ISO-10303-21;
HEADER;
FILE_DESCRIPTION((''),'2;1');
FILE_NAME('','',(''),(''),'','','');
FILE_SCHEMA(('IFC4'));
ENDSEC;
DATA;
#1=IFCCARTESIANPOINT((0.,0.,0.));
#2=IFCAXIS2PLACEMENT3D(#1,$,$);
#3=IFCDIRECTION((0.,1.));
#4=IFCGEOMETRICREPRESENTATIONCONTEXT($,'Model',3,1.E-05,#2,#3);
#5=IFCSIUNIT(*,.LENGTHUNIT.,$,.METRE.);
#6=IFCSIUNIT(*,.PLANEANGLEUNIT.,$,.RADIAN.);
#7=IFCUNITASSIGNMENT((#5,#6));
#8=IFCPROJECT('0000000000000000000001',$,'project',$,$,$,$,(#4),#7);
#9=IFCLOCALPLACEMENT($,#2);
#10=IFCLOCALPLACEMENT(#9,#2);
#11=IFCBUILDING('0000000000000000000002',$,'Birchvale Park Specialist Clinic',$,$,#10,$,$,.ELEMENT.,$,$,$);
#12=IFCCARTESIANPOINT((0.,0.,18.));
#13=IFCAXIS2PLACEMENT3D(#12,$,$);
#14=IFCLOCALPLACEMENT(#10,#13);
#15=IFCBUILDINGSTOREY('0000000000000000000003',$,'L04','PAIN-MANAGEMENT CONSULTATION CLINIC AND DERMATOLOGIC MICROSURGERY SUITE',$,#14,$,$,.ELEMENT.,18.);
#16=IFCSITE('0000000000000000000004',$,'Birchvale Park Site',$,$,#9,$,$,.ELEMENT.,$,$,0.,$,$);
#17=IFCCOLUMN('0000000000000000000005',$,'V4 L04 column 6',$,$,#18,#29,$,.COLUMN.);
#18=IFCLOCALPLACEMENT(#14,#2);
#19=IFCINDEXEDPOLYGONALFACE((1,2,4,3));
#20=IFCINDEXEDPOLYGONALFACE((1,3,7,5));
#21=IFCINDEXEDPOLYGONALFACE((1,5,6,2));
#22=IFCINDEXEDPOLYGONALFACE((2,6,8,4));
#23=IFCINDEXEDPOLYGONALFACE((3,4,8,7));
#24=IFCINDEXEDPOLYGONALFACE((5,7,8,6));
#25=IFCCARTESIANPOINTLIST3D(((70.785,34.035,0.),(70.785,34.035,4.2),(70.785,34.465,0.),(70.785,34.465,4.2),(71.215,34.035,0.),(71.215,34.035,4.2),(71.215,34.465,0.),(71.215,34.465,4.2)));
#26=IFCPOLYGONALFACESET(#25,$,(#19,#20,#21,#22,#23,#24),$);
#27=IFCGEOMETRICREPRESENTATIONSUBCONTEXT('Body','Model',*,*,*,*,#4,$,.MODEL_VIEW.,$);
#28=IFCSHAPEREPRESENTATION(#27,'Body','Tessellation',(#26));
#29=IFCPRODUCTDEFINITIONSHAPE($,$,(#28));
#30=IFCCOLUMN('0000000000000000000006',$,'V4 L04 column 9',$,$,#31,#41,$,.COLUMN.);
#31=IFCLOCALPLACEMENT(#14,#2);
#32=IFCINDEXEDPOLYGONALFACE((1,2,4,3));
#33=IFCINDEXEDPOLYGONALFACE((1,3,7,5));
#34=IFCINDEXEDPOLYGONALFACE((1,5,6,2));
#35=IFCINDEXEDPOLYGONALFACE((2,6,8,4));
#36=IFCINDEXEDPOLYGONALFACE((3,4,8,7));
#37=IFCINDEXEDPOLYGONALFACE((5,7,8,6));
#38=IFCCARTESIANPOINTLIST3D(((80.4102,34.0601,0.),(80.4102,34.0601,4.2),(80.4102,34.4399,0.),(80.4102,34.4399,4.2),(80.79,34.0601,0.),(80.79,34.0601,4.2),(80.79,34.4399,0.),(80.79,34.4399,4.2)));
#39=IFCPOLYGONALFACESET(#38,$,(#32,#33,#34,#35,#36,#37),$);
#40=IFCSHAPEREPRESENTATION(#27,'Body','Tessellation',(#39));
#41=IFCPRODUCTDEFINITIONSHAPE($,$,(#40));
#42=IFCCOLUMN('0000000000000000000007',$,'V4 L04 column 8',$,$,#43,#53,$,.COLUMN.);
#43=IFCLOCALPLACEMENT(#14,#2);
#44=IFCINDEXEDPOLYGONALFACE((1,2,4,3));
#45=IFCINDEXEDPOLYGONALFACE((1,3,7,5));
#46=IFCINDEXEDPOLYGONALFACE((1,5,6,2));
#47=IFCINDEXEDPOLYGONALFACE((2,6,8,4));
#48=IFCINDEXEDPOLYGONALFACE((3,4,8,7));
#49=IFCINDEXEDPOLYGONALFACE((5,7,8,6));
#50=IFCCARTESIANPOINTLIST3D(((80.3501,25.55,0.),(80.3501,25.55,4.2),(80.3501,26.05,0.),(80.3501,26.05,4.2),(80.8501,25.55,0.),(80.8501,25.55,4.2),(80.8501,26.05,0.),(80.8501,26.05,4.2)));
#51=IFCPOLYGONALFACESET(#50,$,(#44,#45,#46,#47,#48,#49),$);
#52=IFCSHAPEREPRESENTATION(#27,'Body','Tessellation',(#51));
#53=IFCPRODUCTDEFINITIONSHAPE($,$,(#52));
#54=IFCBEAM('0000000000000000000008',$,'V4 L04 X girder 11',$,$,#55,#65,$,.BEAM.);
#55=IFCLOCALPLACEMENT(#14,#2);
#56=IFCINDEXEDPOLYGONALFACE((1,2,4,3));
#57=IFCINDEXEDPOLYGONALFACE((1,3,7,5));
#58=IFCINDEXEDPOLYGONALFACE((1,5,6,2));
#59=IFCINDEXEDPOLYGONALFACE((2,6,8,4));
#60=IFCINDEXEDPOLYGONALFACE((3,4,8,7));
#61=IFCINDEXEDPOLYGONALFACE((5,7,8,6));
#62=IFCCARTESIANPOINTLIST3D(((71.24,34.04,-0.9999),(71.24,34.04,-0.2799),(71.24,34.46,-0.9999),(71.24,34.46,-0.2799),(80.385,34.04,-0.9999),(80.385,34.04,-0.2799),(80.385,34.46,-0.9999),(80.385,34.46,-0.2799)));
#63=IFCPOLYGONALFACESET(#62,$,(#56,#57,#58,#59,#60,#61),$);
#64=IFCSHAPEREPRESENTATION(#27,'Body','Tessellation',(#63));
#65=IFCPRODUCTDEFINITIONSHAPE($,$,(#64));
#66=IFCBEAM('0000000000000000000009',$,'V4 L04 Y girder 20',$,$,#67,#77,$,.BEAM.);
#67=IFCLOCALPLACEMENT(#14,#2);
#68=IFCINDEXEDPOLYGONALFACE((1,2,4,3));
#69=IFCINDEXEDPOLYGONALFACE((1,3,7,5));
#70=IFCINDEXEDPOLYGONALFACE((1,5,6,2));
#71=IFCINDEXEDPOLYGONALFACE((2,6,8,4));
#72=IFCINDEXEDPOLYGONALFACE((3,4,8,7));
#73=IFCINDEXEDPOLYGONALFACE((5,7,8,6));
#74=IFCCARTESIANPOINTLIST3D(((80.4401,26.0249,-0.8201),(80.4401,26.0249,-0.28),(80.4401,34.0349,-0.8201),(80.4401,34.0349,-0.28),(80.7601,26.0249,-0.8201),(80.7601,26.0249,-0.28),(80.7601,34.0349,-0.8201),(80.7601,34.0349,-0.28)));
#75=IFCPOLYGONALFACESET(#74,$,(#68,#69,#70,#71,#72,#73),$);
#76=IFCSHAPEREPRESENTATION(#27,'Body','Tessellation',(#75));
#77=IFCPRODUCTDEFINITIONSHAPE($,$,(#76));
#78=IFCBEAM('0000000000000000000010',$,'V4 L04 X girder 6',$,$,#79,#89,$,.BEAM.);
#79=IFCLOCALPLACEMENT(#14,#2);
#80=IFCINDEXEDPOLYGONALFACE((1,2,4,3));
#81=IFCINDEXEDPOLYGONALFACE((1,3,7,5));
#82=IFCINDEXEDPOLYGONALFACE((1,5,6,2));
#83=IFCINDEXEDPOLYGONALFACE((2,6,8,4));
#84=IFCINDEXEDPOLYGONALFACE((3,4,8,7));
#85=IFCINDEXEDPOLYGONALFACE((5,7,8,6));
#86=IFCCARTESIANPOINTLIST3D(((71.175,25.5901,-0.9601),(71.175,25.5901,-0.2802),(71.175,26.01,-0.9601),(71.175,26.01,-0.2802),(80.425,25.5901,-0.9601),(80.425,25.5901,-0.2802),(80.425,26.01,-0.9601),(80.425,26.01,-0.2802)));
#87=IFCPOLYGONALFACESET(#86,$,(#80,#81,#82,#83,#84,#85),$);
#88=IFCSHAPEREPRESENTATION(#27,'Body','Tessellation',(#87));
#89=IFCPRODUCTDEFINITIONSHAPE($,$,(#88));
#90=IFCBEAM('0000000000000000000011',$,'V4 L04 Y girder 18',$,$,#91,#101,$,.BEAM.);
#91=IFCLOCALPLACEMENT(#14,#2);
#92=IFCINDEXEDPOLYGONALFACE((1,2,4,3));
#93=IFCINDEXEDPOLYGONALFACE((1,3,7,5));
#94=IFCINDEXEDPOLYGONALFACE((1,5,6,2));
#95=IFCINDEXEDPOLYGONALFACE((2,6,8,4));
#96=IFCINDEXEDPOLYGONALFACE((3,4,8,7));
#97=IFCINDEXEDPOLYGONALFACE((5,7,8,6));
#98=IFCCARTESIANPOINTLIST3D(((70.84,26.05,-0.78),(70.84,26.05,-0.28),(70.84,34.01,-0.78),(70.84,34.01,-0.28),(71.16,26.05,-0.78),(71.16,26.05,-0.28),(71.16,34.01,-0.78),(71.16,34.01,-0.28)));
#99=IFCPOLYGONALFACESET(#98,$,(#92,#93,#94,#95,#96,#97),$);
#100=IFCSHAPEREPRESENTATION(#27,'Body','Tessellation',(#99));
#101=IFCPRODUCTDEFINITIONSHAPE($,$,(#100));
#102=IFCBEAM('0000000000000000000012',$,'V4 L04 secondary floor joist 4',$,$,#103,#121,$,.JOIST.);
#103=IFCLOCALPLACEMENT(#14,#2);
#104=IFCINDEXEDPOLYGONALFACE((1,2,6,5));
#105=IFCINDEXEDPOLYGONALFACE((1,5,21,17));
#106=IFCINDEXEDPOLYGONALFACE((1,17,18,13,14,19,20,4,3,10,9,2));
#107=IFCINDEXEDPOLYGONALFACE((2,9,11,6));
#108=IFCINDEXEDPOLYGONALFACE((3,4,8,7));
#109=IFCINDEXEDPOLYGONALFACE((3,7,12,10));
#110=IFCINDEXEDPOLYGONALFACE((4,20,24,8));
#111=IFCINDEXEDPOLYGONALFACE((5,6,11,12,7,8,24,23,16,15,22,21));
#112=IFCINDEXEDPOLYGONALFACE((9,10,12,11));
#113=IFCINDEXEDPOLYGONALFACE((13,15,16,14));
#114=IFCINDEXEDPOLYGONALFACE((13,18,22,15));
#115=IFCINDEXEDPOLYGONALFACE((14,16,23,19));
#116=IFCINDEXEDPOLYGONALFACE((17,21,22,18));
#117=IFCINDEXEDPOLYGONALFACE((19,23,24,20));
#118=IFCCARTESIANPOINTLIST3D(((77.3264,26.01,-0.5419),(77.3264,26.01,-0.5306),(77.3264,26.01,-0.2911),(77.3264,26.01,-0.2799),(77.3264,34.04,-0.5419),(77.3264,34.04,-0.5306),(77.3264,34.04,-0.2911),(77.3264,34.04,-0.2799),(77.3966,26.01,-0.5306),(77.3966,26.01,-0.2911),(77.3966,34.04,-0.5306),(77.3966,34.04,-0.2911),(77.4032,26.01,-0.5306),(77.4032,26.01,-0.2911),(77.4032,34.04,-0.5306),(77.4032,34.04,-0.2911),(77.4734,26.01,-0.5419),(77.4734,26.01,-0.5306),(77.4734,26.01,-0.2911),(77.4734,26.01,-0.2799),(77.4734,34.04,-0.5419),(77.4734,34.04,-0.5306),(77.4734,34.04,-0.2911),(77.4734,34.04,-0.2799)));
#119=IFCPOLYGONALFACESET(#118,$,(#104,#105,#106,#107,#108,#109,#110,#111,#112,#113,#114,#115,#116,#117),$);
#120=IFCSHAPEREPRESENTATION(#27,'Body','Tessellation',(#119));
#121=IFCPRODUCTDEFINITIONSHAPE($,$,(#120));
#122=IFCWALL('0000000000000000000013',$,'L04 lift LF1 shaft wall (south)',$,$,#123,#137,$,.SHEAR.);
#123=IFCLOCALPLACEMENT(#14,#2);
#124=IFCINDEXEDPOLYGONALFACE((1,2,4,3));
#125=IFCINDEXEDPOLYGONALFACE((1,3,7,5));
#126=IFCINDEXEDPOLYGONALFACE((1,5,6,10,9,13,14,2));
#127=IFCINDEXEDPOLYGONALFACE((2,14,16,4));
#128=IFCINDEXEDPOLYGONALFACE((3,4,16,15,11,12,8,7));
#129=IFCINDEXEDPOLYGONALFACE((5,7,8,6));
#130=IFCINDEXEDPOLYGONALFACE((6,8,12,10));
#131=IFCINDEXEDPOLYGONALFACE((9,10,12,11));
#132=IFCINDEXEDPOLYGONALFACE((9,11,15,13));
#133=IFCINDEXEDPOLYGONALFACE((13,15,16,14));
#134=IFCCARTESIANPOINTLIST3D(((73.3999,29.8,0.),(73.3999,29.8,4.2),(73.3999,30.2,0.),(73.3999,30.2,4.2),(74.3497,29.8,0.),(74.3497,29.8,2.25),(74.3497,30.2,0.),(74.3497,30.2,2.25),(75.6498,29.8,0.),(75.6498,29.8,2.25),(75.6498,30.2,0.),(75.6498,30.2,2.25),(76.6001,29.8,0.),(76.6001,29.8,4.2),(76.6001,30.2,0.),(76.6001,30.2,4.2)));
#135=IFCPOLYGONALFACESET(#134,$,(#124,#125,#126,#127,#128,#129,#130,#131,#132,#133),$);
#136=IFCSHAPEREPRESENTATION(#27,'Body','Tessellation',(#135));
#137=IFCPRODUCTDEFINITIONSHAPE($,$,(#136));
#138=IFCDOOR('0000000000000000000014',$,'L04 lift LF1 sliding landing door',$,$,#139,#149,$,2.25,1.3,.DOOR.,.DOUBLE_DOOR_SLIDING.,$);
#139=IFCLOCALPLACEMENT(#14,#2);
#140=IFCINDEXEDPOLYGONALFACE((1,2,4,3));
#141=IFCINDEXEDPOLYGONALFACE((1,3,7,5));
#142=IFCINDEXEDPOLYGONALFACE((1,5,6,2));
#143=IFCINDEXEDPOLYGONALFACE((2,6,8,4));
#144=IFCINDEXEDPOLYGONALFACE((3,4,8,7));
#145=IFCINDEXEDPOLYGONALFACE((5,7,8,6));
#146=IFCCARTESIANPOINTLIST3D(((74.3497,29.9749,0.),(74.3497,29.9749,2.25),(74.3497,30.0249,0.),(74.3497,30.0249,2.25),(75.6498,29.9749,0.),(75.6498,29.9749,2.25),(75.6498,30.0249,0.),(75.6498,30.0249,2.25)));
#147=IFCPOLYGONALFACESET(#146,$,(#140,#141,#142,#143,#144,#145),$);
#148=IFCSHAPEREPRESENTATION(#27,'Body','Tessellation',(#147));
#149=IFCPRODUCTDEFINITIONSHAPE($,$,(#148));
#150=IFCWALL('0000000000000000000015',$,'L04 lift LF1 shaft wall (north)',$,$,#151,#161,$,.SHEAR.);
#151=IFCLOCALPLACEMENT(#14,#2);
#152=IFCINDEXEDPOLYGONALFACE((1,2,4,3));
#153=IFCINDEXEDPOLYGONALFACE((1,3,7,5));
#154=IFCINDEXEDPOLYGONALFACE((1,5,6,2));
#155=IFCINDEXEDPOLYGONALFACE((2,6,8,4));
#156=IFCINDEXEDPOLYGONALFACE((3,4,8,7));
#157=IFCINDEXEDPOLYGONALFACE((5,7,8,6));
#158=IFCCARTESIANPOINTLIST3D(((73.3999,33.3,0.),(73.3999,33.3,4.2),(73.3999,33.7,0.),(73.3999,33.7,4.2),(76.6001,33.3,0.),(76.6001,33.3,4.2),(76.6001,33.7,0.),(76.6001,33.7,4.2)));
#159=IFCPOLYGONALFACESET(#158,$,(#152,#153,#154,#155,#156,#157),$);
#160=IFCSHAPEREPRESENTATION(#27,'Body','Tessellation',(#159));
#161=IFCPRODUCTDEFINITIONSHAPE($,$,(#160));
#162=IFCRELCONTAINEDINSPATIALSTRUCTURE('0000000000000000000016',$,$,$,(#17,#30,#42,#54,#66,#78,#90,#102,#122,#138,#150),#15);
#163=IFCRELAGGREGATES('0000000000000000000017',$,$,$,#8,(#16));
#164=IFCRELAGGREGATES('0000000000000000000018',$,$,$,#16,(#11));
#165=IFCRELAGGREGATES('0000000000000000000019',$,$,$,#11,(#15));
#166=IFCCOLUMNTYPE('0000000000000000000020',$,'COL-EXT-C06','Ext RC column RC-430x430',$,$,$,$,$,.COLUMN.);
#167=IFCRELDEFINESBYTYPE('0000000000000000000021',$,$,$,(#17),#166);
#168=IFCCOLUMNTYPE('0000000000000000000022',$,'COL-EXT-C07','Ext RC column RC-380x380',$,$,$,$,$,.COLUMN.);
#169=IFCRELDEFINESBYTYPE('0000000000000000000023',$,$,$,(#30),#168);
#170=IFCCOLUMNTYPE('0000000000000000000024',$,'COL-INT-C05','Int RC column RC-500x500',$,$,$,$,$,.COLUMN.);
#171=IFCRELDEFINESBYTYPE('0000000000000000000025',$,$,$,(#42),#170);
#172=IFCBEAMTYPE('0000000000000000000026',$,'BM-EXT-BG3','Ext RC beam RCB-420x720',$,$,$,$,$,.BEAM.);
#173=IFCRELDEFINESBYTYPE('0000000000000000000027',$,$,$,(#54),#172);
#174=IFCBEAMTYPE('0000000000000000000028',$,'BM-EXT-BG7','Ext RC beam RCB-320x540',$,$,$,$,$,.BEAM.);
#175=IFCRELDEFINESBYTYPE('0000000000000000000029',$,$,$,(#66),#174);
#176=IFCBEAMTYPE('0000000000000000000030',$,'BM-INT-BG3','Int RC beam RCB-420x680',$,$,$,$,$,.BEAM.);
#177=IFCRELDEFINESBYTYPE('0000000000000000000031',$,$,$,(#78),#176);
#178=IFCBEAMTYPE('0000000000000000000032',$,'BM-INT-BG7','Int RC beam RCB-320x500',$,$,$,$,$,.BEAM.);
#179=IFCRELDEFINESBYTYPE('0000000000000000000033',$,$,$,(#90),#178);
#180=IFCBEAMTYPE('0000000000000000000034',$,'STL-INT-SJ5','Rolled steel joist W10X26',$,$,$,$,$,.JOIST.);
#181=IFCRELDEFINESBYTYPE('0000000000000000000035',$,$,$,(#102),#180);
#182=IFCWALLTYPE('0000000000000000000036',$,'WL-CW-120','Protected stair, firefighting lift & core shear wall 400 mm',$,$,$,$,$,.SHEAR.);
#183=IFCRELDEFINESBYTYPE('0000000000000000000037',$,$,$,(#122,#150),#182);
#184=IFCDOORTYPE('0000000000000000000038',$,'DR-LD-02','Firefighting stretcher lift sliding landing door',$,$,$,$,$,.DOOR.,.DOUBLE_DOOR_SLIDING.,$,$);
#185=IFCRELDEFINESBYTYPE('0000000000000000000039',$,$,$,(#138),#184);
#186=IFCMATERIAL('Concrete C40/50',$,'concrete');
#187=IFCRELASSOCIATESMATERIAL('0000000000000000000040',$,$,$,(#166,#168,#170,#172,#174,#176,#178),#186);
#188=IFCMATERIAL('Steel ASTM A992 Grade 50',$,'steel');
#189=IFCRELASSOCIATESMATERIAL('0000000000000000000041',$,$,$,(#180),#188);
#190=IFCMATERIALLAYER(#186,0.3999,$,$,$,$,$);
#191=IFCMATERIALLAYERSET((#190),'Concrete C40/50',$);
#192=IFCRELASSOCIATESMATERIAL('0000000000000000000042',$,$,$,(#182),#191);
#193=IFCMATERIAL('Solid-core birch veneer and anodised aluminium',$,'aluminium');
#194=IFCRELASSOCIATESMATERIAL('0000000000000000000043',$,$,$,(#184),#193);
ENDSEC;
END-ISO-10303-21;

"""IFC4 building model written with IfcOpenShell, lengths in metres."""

from ifc_helpers import new_model, si_unit, direction, frame, frame_2d, origin, origin_2d, place, context, subcontext, project, spatial, rectangle, i_section, extrude, material, layer, layer_set, material_profile, profile_set, type_object, element, fill, save


model = new_model("IFC4")

# Units and contexts
model_context = context("Model", 3, precision=1e-05, world=origin(), true_north=direction((0.0, 1.0)))
body_context = subcontext(model_context, "Body", "Model", "MODEL_VIEW")
ifc_project = project(units=[si_unit("LENGTHUNIT", "METRE"), si_unit("PLANEANGLEUNIT", "RADIAN")], contexts=[model_context])

# Site, building, storey
site_placement = place(None, origin())
site = spatial("IfcSite", under=ifc_project, at=site_placement, Name="Birchvale Park Site", CompositionType="ELEMENT", RefElevation=0.0)
building_placement = place(site_placement, origin())
building = spatial("IfcBuilding", under=site, at=building_placement, Name="Birchvale Park Specialist Clinic", CompositionType="ELEMENT")
storey_placement = place(building_placement, frame((0.0, 0.0, 18.0)))
storey = spatial("IfcBuildingStorey", under=building, at=storey_placement, Name="L04", Description="PAIN-MANAGEMENT CONSULTATION CLINIC AND DERMATOLOGIC MICROSURGERY SUITE", CompositionType="ELEMENT", Elevation=18.0)

# Columns
ifc_material_1 = material(Name="Concrete C40/50", Category="concrete")
ifc_material_profile_1 = material_profile(ifc_material_1, rectangle(XDim=0.4299, YDim=0.4299, at=origin_2d()), Name="RC-430x430")
ifc_profile_set_1 = profile_set([ifc_material_profile_1], Name="Concrete C40/50")
column_type_1 = type_object("IfcColumnType", Name="COL-EXT-C06", Description="Ext RC column RC-430x430", PredefinedType="COLUMN", material=ifc_profile_set_1)
column_1_placement = place(storey_placement, frame((71.0, 34.25, 0.0), z_axis=(0.0, 0.0, 1.0), x_axis=(1.0, 0.0, 0.0)))
element("IfcColumn", 1, at=column_1_placement, inside=storey, type_object=column_type_1, Name="V4 L04 column 6", PredefinedType="COLUMN", context=body_context, shape_type="SweptSolid", body=[
    extrude(rectangle(XDim=0.4299, YDim=0.4299, at=origin_2d()), origin(), (0.0, 0.0, 1.0), 4.2),
])
ifc_material_profile_2 = material_profile(ifc_material_1, rectangle(XDim=0.3799, YDim=0.3799, at=origin_2d()), Name="RC-380x380")
ifc_profile_set_2 = profile_set([ifc_material_profile_2], Name="Concrete C40/50")
column_type_2 = type_object("IfcColumnType", Name="COL-EXT-C07", Description="Ext RC column RC-380x380", PredefinedType="COLUMN", material=ifc_profile_set_2)
column_2_placement = place(storey_placement, frame((80.6001, 34.25, 0.0), z_axis=(0.0, 0.0, 1.0), x_axis=(1.0, 0.0, 0.0)))
element("IfcColumn", 2, at=column_2_placement, inside=storey, type_object=column_type_2, Name="V4 L04 column 9", PredefinedType="COLUMN", context=body_context, shape_type="SweptSolid", body=[
    extrude(rectangle(XDim=0.3799, YDim=0.3799, at=origin_2d()), origin(), (0.0, 0.0, 1.0), 4.2),
])
ifc_material_profile_3 = material_profile(ifc_material_1, rectangle(XDim=0.5, YDim=0.5, at=origin_2d()), Name="RC-500x500")
ifc_profile_set_3 = profile_set([ifc_material_profile_3], Name="Concrete C40/50")
column_type_3 = type_object("IfcColumnType", Name="COL-INT-C05", Description="Int RC column RC-500x500", PredefinedType="COLUMN", material=ifc_profile_set_3)
column_3_placement = place(storey_placement, frame((80.6001, 25.8, 0.0), z_axis=(0.0, 0.0, 1.0), x_axis=(1.0, 0.0, 0.0)))
element("IfcColumn", 3, at=column_3_placement, inside=storey, type_object=column_type_3, Name="V4 L04 column 8", PredefinedType="COLUMN", context=body_context, shape_type="SweptSolid", body=[
    extrude(rectangle(XDim=0.5, YDim=0.5, at=origin_2d()), origin(), (0.0, 0.0, 1.0), 4.2),
])

# Beams
ifc_material_profile_4 = material_profile(ifc_material_1, rectangle(XDim=0.4199, YDim=0.72, at=origin_2d()), Name="RCB-420x720")
ifc_profile_set_4 = profile_set([ifc_material_profile_4], Name="Concrete C40/50")
beam_type_1 = type_object("IfcBeamType", Name="BM-EXT-BG3", Description="Ext RC beam RCB-420x720", PredefinedType="BEAM", material=ifc_profile_set_4)
beam_1_placement = place(storey_placement, frame((71.24, 34.25, -0.6399), z_axis=(1.0, 0.0, 0.0), x_axis=(0.0, 1.0, 0.0)))
element("IfcBeam", 4, at=beam_1_placement, inside=storey, type_object=beam_type_1, Name="V4 L04 X girder 11", PredefinedType="BEAM", context=body_context, shape_type="SweptSolid", body=[
    extrude(rectangle(XDim=0.4199, YDim=0.72, at=origin_2d()), origin(), (0.0, 0.0, 1.0), 9.145),
])
ifc_material_profile_5 = material_profile(ifc_material_1, rectangle(XDim=0.3201, YDim=0.54, at=origin_2d()), Name="RCB-320x540")
ifc_profile_set_5 = profile_set([ifc_material_profile_5], Name="Concrete C40/50")
beam_type_2 = type_object("IfcBeamType", Name="BM-EXT-BG7", Description="Ext RC beam RCB-320x540", PredefinedType="BEAM", material=ifc_profile_set_5)
beam_2_placement = place(storey_placement, frame((80.6001, 26.0249, -0.55), z_axis=(0.0, 1.0, 0.0), x_axis=(-1.0, 0.0, 0.0)))
element("IfcBeam", 5, at=beam_2_placement, inside=storey, type_object=beam_type_2, Name="V4 L04 Y girder 20", PredefinedType="BEAM", context=body_context, shape_type="SweptSolid", body=[
    extrude(rectangle(XDim=0.3201, YDim=0.54, at=origin_2d()), origin(), (0.0, 0.0, 1.0), 8.01),
])
ifc_material_profile_6 = material_profile(ifc_material_1, rectangle(XDim=0.4199, YDim=0.6799, at=origin_2d()), Name="RCB-420x680")
ifc_profile_set_6 = profile_set([ifc_material_profile_6], Name="Concrete C40/50")
beam_type_3 = type_object("IfcBeamType", Name="BM-INT-BG3", Description="Int RC beam RCB-420x680", PredefinedType="BEAM", material=ifc_profile_set_6)
beam_3_placement = place(storey_placement, frame((71.175, 25.8, -0.6201), z_axis=(1.0, 0.0, 0.0), x_axis=(0.0, 1.0, 0.0)))
element("IfcBeam", 6, at=beam_3_placement, inside=storey, type_object=beam_type_3, Name="V4 L04 X girder 6", PredefinedType="BEAM", context=body_context, shape_type="SweptSolid", body=[
    extrude(rectangle(XDim=0.4199, YDim=0.6799, at=origin_2d()), origin(), (0.0, 0.0, 1.0), 9.25),
])
ifc_material_profile_7 = material_profile(ifc_material_1, rectangle(XDim=0.3201, YDim=0.5, at=origin_2d()), Name="RCB-320x500")
ifc_profile_set_7 = profile_set([ifc_material_profile_7], Name="Concrete C40/50")
beam_type_4 = type_object("IfcBeamType", Name="BM-INT-BG7", Description="Int RC beam RCB-320x500", PredefinedType="BEAM", material=ifc_profile_set_7)
beam_4_placement = place(storey_placement, frame((71.0, 26.05, -0.53), z_axis=(0.0, 1.0, 0.0), x_axis=(-1.0, 0.0, 0.0)))
element("IfcBeam", 7, at=beam_4_placement, inside=storey, type_object=beam_type_4, Name="V4 L04 Y girder 18", PredefinedType="BEAM", context=body_context, shape_type="SweptSolid", body=[
    extrude(rectangle(XDim=0.3201, YDim=0.5, at=origin_2d()), origin(), (0.0, 0.0, 1.0), 7.96),
])
ifc_material_2 = material(Name="Steel ASTM A992 Grade 50", Category="steel")
ifc_material_profile_8 = material_profile(ifc_material_2, i_section(OverallWidth=0.147, OverallDepth=0.262, WebThickness=0.0066, FlangeThickness=0.0112, at=origin_2d()), Name="W10X26")
ifc_profile_set_8 = profile_set([ifc_material_profile_8], Name="Steel ASTM A992 Grade 50")
beam_type_5 = type_object("IfcBeamType", Name="STL-INT-SJ5", Description="Rolled steel joist W10X26", PredefinedType="JOIST", material=ifc_profile_set_8)
beam_5_placement = place(storey_placement, frame((77.3999, 26.01, -0.4109), z_axis=(0.0, 1.0, 0.0), x_axis=(-1.0, 0.0, 0.0)))
element("IfcBeam", 8, at=beam_5_placement, inside=storey, type_object=beam_type_5, Name="V4 L04 secondary floor joist 4", PredefinedType="JOIST", context=body_context, shape_type="SweptSolid", body=[
    extrude(i_section(OverallWidth=0.147, OverallDepth=0.262, WebThickness=0.0066, FlangeThickness=0.0112, at=origin_2d()), origin(), (0.0, 0.0, 1.0), 8.03),
])

# Wall, opening, door
ifc_layer_1 = layer(ifc_material_1, 0.3999)
ifc_layer_set_1 = layer_set([ifc_layer_1], Name="Concrete C40/50")
wall_type_1 = type_object("IfcWallType", Name="WL-CW-120", Description="Protected stair, firefighting lift & core shear wall 400 mm", PredefinedType="SHEAR", material=ifc_layer_set_1)
wall_1_placement = place(storey_placement, frame((73.3999, 30.0, 0.0), z_axis=(0.0, 0.0, 1.0), x_axis=(1.0, 0.0, 0.0)))
wall_1 = element("IfcWall", 9, at=wall_1_placement, inside=storey, type_object=wall_type_1, Name="L04 lift LF1 shaft wall (south)", PredefinedType="SHEAR", context=body_context, shape_type="SweptSolid", body=[
    extrude(rectangle(XDim=3.2002, YDim=0.3999, at=frame_2d((1.6001, 0.0))), origin(), (0.0, 0.0, 1.0), 4.2),
])
opening_1_placement = place(wall_1_placement, frame((0.95, 0.0, 0.0)))
opening_1 = element("IfcOpeningElement", 10, at=opening_1_placement, cuts=wall_1, PredefinedType="OPENING", context=body_context, shape_type="SweptSolid", body=[
    extrude(rectangle(XDim=1.3, YDim=2.25, at=frame_2d((0.6499, 1.125))), frame((0.0, 0.21, 0.0), z_axis=(0.0, -1.0, 0.0), x_axis=(1.0, 0.0, 0.0)), (0.0, 0.0, 1.0), 0.4199),
])
ifc_material_3 = material(Name="Solid-core birch veneer and anodised aluminium", Category="aluminium")
door_type_1 = type_object("IfcDoorType", Name="DR-LD-02", Description="Firefighting stretcher lift sliding landing door", OperationType="DOUBLE_DOOR_SLIDING", PredefinedType="DOOR", material=ifc_material_3)
door_1_placement = place(opening_1_placement, origin())
door_1 = element("IfcDoor", 11, at=door_1_placement, inside=storey, type_object=door_type_1, Name="L04 lift LF1 sliding landing door", OperationType="DOUBLE_DOOR_SLIDING", OverallHeight=2.25, OverallWidth=1.3, PredefinedType="DOOR", context=body_context, shape_type="SweptSolid", body=[
    extrude(rectangle(XDim=1.3, YDim=2.25, at=frame_2d((0.6499, 1.125))), frame((0.0, 0.0249, 0.0), z_axis=(0.0, -1.0, 0.0), x_axis=(1.0, 0.0, 0.0)), (0.0, 0.0, 1.0), 0.05),
])
fill(opening_1, door_1)

# Wall
wall_2_placement = place(storey_placement, frame((76.6001, 33.5, 0.0), z_axis=(0.0, 0.0, 1.0), x_axis=(-1.0, 0.0, 0.0)))
element("IfcWall", 12, at=wall_2_placement, inside=storey, type_object=wall_type_1, Name="L04 lift LF1 shaft wall (north)", PredefinedType="SHEAR", context=body_context, shape_type="SweptSolid", body=[
    extrude(rectangle(XDim=3.2002, YDim=0.3999, at=frame_2d((1.6001, 0.0))), origin(), (0.0, 0.0, 1.0), 4.2),
])

save(model, "model.ifc")
